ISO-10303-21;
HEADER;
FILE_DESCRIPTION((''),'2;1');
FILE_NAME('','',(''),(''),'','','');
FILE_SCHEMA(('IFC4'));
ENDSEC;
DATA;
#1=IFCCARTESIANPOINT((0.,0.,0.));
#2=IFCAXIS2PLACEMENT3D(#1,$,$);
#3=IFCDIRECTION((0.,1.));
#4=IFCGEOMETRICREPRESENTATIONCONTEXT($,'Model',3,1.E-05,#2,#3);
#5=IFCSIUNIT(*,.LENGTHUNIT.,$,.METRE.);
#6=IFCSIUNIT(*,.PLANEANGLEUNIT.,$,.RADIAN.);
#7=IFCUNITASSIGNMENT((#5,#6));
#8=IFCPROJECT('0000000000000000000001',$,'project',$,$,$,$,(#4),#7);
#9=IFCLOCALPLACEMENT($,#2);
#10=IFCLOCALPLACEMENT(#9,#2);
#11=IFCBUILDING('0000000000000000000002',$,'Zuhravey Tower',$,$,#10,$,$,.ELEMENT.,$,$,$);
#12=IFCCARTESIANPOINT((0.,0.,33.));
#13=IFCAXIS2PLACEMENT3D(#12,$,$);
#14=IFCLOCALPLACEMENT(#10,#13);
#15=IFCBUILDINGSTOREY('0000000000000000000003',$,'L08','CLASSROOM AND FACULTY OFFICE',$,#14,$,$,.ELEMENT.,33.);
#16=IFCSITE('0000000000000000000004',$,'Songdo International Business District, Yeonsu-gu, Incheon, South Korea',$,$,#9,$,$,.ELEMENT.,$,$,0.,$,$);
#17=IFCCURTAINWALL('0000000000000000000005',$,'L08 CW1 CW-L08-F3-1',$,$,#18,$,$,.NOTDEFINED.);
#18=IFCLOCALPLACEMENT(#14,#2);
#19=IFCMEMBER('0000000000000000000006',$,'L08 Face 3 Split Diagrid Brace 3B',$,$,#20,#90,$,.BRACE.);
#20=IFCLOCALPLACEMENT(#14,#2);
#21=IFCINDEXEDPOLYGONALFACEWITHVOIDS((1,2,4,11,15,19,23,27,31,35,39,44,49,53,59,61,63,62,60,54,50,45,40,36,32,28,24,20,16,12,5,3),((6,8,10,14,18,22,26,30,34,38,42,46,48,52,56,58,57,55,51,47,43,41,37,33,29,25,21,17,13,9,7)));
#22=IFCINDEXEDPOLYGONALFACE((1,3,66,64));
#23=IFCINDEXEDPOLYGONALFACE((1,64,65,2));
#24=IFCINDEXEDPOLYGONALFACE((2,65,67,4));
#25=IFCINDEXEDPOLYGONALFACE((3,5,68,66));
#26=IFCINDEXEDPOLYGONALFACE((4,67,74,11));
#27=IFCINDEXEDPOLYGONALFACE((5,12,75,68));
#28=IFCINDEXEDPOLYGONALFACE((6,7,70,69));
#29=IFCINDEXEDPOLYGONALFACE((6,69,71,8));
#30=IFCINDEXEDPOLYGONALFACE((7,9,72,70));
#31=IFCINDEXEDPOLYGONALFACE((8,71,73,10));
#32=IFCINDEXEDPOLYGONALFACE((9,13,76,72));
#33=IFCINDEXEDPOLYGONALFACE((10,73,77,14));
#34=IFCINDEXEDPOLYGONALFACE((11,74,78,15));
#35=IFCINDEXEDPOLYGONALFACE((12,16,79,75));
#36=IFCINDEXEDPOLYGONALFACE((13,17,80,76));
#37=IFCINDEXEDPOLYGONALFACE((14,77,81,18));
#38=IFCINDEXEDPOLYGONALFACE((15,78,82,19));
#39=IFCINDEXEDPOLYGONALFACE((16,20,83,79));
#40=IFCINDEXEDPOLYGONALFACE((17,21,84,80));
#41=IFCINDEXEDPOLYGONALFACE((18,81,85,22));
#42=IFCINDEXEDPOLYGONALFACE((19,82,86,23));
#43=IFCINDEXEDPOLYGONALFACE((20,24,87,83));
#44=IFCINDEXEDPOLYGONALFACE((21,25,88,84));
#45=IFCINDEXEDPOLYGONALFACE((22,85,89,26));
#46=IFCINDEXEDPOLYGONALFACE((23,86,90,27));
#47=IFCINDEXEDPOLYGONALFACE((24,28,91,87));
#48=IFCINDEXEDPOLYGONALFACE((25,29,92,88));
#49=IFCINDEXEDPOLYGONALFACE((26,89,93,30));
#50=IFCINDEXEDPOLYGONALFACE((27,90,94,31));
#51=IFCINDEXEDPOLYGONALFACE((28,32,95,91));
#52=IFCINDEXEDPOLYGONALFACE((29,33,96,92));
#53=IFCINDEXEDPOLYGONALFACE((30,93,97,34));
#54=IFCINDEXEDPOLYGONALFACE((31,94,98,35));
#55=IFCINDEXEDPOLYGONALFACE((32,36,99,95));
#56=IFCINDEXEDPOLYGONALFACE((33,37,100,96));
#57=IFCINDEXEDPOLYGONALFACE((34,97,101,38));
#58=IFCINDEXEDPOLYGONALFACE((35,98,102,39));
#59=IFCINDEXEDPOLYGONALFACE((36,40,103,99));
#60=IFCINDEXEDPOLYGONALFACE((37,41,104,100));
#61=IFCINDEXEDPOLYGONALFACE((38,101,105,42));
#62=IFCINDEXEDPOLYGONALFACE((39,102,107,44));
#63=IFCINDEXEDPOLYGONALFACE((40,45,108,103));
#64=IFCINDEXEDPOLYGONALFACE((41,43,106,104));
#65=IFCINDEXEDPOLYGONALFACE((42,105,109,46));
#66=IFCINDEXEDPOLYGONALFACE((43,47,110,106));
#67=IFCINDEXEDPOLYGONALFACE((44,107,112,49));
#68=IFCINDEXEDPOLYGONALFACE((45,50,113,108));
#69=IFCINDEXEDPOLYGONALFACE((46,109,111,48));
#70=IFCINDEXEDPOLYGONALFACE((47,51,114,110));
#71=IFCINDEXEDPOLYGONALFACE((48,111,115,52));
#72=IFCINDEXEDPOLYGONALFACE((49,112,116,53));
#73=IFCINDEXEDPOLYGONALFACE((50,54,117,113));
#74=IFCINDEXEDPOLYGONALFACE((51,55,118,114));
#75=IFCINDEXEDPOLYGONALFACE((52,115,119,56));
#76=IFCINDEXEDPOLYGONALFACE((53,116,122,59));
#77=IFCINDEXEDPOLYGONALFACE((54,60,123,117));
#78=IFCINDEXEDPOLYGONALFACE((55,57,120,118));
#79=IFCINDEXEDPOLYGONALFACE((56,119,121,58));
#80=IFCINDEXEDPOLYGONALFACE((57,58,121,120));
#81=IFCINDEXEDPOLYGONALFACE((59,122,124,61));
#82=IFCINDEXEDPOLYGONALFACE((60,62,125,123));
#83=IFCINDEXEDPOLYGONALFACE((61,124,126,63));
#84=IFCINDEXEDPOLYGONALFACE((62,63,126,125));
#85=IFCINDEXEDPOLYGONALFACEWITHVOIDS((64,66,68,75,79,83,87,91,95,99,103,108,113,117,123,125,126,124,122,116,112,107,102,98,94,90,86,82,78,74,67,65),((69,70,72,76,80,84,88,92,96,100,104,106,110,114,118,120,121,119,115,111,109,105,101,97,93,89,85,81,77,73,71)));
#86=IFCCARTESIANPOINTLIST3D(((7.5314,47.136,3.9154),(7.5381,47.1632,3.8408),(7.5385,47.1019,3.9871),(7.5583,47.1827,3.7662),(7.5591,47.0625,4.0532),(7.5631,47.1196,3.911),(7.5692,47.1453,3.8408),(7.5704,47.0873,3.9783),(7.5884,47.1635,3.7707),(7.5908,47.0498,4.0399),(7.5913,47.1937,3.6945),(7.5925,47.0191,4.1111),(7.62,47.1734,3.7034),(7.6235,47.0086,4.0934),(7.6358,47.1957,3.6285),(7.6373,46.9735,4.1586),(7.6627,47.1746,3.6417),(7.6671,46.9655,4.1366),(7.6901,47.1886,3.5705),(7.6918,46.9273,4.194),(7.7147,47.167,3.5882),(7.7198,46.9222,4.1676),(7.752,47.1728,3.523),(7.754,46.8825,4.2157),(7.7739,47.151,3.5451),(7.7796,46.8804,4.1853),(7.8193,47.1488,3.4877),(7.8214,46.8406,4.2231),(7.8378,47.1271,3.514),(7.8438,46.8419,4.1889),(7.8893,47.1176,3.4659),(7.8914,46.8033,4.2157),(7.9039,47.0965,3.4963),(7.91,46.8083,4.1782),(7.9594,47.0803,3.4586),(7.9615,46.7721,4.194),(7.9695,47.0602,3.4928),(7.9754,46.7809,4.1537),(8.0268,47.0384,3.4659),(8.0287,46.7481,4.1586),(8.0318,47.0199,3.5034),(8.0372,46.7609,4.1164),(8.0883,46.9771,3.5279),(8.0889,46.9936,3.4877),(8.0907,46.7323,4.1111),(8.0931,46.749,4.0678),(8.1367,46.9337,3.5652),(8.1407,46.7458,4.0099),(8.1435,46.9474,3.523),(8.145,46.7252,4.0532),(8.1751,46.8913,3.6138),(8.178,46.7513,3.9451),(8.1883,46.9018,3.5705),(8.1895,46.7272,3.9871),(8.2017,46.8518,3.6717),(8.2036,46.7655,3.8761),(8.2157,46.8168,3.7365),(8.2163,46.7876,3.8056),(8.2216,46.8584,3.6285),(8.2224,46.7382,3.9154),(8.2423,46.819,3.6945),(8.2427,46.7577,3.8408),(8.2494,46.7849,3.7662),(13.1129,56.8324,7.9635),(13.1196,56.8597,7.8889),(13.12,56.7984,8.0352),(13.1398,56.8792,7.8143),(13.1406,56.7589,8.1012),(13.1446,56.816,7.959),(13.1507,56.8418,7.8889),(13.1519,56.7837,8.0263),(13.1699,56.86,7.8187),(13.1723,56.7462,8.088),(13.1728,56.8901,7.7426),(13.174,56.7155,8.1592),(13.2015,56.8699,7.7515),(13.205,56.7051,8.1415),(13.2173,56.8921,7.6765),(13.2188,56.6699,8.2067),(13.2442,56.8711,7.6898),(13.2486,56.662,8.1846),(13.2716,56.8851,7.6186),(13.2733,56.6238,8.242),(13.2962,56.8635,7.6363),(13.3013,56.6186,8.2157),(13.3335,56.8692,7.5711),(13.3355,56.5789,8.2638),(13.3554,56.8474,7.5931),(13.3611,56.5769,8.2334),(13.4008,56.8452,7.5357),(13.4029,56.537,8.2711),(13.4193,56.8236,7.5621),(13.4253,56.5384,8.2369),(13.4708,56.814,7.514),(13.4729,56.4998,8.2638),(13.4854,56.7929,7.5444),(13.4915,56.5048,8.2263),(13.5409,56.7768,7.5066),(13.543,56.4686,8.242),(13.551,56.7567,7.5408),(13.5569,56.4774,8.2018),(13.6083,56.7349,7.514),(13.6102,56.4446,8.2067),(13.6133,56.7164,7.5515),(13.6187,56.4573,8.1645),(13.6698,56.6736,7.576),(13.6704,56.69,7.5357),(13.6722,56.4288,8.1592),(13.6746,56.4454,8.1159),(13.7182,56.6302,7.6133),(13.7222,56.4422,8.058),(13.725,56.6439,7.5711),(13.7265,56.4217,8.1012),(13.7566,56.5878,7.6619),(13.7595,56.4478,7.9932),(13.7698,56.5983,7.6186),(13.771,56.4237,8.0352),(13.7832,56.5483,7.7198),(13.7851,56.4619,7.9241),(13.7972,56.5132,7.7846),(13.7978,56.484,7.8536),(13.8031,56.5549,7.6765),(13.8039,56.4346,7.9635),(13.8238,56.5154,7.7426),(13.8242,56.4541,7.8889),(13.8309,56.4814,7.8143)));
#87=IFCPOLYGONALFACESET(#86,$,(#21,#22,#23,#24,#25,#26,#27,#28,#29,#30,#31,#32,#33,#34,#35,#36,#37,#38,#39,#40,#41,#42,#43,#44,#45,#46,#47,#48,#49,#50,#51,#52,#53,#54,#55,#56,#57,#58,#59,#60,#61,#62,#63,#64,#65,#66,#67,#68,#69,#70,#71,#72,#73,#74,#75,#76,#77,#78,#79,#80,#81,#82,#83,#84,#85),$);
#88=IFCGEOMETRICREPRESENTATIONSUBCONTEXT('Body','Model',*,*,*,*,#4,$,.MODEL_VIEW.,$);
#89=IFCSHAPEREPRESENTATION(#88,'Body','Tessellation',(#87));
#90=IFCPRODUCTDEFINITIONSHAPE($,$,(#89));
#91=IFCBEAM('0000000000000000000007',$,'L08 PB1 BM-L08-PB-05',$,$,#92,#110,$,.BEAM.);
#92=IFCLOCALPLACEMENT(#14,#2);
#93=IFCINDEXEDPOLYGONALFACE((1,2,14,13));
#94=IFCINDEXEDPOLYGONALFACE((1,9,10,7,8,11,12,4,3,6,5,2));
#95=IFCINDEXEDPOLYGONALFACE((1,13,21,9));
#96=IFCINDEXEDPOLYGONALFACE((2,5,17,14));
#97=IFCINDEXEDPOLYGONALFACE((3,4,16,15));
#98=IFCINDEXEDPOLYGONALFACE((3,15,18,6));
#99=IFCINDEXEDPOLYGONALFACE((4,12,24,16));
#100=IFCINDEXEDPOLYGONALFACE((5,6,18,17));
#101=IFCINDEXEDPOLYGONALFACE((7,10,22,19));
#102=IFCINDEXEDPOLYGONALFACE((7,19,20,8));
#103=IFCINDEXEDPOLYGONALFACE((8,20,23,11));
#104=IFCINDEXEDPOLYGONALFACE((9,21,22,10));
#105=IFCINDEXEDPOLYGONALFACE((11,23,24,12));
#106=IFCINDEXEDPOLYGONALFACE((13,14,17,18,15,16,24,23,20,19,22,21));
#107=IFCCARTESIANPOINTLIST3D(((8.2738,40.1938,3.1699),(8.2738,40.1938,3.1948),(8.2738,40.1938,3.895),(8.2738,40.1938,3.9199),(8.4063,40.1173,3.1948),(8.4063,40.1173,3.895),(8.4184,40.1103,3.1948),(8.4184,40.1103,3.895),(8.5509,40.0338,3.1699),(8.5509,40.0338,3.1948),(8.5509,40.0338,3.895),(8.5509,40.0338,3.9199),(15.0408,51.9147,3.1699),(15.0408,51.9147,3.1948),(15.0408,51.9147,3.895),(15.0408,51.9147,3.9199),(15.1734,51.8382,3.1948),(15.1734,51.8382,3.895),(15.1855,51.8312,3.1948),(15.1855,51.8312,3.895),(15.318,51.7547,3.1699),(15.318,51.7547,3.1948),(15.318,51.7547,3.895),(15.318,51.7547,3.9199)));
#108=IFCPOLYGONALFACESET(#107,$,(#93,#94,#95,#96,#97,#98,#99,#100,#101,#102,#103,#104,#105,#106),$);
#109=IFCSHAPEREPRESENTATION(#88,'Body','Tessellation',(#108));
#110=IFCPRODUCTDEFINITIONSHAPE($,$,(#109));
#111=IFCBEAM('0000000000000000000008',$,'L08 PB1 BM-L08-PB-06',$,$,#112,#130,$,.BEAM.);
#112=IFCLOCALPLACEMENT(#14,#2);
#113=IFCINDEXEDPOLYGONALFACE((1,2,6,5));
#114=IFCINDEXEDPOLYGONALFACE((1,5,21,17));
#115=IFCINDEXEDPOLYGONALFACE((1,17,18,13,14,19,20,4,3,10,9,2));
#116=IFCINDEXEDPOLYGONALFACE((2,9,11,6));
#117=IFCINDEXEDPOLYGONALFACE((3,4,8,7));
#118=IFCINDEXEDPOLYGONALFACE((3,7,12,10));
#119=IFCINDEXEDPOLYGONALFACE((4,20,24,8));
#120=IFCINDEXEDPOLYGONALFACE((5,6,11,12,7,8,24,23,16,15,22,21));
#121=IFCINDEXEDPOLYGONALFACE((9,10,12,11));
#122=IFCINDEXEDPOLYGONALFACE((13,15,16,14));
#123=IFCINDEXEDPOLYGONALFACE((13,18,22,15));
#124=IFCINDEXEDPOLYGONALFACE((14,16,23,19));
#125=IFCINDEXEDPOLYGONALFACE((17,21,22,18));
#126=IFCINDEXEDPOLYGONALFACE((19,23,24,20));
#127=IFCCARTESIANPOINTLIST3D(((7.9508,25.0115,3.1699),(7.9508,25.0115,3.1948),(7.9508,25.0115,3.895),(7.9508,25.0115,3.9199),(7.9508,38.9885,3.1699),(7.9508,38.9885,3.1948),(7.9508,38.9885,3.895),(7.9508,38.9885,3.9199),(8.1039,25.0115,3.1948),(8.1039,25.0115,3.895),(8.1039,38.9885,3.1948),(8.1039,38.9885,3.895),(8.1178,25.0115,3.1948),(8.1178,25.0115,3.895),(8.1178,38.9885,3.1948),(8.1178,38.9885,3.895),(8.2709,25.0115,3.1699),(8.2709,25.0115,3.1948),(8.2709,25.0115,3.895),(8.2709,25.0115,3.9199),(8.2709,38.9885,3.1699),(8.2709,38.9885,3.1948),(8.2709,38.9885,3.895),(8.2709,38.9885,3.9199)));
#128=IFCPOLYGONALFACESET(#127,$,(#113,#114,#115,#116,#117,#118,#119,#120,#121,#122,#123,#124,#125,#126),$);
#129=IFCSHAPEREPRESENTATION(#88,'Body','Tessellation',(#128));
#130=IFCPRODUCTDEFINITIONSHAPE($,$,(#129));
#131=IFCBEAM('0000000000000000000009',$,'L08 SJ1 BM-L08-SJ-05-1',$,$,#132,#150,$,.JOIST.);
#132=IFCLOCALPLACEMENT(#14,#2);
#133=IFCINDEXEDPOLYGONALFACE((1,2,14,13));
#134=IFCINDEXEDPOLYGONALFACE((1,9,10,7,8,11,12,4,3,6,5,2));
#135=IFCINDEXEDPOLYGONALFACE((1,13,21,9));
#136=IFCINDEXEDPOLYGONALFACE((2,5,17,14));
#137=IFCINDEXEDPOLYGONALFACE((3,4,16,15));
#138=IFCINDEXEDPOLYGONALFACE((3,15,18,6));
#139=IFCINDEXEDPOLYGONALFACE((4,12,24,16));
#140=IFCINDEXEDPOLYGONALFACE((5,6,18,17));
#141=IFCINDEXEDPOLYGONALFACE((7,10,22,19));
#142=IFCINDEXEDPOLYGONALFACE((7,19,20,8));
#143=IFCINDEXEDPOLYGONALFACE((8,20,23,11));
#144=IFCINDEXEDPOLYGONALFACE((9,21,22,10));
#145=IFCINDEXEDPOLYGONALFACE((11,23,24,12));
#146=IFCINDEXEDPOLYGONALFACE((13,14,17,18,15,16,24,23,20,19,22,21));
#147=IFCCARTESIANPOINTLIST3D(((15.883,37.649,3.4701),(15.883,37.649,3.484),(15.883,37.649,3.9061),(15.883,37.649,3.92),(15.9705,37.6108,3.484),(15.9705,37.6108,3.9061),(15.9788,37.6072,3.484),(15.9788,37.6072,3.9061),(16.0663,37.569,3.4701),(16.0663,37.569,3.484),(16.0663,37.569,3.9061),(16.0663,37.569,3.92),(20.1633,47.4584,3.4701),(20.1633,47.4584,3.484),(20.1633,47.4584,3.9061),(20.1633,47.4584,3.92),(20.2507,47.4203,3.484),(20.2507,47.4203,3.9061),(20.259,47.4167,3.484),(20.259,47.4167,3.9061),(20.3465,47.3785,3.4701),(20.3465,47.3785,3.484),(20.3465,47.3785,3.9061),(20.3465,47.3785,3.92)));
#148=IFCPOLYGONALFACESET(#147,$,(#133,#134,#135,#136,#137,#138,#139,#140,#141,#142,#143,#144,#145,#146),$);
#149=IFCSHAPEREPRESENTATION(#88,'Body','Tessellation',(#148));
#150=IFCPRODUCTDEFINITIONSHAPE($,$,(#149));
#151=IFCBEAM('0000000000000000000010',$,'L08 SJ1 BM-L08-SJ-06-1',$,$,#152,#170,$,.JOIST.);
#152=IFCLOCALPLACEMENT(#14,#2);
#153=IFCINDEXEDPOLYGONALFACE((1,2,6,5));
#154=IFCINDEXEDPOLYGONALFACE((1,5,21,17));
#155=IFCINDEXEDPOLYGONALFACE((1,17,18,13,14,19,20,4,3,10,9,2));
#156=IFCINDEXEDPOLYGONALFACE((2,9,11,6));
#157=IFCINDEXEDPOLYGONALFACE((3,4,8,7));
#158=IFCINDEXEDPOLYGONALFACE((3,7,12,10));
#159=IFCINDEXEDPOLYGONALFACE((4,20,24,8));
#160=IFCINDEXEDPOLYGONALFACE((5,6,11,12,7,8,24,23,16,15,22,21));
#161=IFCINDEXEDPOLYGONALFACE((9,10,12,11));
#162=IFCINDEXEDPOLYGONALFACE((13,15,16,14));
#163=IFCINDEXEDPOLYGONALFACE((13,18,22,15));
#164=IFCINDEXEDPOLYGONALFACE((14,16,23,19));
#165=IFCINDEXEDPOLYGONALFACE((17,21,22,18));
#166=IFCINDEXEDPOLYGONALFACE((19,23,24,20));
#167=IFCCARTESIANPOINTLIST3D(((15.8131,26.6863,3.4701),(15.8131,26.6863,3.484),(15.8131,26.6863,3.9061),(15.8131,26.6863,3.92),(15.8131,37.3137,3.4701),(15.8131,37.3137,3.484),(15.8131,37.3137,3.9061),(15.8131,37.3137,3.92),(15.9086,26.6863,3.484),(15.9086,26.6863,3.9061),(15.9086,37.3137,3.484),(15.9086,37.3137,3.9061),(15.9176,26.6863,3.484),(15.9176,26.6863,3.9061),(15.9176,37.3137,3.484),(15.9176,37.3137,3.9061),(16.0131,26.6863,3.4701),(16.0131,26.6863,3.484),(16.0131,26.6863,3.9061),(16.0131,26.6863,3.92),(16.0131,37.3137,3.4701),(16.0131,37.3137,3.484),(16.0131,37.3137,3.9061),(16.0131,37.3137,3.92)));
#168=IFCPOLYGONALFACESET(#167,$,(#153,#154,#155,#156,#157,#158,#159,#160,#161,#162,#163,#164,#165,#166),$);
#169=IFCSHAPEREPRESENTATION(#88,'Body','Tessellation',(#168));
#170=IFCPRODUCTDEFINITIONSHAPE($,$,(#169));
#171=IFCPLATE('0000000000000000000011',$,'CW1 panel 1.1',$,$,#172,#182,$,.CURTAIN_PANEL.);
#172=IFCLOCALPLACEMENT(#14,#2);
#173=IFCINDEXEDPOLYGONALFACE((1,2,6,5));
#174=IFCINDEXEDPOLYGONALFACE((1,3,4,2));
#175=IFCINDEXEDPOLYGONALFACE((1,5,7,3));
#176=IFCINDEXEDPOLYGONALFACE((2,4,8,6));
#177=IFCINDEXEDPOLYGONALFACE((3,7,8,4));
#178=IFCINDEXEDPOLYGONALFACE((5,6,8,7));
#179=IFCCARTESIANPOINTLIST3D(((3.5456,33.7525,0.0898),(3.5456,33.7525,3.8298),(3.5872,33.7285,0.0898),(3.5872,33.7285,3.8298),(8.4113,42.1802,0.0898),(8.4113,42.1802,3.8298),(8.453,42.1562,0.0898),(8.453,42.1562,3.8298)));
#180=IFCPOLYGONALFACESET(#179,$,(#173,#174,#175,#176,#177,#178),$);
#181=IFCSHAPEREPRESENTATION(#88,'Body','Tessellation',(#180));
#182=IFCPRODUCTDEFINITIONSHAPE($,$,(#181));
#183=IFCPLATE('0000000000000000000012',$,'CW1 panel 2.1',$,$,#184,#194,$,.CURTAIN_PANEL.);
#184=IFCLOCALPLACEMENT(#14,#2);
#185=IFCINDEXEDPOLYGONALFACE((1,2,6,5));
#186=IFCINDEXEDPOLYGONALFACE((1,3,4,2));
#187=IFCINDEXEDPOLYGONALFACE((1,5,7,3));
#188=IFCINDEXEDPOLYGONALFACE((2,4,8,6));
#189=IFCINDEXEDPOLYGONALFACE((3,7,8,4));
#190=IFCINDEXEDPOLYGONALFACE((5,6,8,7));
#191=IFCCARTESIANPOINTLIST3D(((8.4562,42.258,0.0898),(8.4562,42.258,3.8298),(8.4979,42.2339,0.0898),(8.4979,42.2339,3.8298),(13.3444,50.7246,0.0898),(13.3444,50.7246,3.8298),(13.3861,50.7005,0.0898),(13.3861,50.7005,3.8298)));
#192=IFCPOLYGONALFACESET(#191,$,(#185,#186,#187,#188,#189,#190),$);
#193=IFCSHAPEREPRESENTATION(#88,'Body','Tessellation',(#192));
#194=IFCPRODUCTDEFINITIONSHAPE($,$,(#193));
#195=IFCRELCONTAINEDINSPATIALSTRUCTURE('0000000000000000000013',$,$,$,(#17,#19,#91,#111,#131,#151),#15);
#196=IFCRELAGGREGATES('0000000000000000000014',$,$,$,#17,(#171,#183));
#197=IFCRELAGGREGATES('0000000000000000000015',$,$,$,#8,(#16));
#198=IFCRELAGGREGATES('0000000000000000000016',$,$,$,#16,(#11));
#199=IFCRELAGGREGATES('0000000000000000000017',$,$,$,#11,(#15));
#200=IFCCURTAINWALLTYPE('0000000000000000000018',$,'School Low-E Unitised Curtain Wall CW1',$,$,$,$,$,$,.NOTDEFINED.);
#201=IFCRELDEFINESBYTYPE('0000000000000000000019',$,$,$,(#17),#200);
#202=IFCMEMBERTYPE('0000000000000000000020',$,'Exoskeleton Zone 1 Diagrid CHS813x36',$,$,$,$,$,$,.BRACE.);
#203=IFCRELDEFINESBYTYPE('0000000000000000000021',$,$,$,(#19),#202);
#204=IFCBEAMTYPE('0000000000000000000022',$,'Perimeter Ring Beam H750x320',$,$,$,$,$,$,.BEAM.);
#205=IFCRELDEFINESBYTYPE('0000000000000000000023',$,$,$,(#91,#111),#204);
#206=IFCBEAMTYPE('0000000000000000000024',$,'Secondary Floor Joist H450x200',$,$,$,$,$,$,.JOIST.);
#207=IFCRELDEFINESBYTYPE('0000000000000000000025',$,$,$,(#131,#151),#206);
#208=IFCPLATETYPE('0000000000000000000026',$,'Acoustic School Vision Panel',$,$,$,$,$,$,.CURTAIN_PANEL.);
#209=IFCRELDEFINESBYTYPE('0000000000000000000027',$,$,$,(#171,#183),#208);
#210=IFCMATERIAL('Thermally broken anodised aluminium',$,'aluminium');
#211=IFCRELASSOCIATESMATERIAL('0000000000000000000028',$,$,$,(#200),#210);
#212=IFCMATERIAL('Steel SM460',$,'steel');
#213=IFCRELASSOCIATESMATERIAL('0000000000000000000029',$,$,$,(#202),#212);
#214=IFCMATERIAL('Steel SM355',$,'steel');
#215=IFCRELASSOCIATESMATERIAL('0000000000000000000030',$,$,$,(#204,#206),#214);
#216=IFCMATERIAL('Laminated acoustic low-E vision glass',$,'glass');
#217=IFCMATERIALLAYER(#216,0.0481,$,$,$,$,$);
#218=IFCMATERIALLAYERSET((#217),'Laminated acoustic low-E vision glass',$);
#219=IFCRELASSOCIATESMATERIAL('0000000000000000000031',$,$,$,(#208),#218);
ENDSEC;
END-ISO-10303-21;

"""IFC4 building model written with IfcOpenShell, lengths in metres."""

from ifc_helpers import new_model, si_unit, direction, frame, origin, origin_2d, place, context, subcontext, project, spatial, rectangle, hollow_circle, i_section, extrude, material, layer, layer_set, material_profile, profile_set, type_object, element, aggregate, save


model = new_model("IFC4")

# Units and contexts
model_context = context("Model", 3, precision=1e-05, world=origin(), true_north=direction((0.0, 1.0)))
body_context = subcontext(model_context, "Body", "Model", "MODEL_VIEW")
ifc_project = project(units=[si_unit("LENGTHUNIT", "METRE"), si_unit("PLANEANGLEUNIT", "RADIAN")], contexts=[model_context])

# Site, building, storey
site_placement = place(None, origin())
site = spatial("IfcSite", under=ifc_project, at=site_placement, Name="Songdo International Business District, Yeonsu-gu, Incheon, South Korea", CompositionType="ELEMENT", RefElevation=0.0)
building_placement = place(site_placement, origin())
building = spatial("IfcBuilding", under=site, at=building_placement, Name="Zuhravey Tower", CompositionType="ELEMENT")
storey_placement = place(building_placement, frame((0.0, 0.0, 33.0)))
storey = spatial("IfcBuildingStorey", under=building, at=storey_placement, Name="L08", Description="CLASSROOM AND FACULTY OFFICE", CompositionType="ELEMENT", Elevation=33.0)

# Curtain wall
ifc_material_1 = material(Name="Thermally broken anodised aluminium", Category="aluminium")
curtain_wall_type = type_object("IfcCurtainWallType", Name="School Low-E Unitised Curtain Wall CW1", PredefinedType="NOTDEFINED", material=ifc_material_1)
curtain_wall_1_placement = place(storey_placement, origin())
curtain_wall_1 = element("IfcCurtainWall", 1, at=curtain_wall_1_placement, inside=storey, type_object=curtain_wall_type, Name="L08 CW1 CW-L08-F3-1", PredefinedType="NOTDEFINED")

# Member
ifc_material_2 = material(Name="Steel SM355", Category="steel")
ifc_material_3 = material(Name="Steel SM460", Category="steel")
ifc_material_profile_1 = material_profile(ifc_material_3, hollow_circle(Radius=0.4065, WallThickness=0.0359, at=origin_2d()), Name="CHS-812.8x36")
ifc_profile_set_1 = profile_set([ifc_material_profile_1], Name="Steel SM460")
member_type_1 = type_object("IfcMemberType", Name="Exoskeleton Zone 1 Diagrid CHS813x36", PredefinedType="BRACE", material=ifc_profile_set_1)
member_1_placement = place(storey_placement, frame((7.8904, 46.9604, 3.8408), z_axis=(0.469114, 0.814969, 0.340232), x_axis=(-0.866673, 0.498877, 0.0)))
element("IfcMember", 2, at=member_1_placement, inside=storey, type_object=member_type_1, Name="L08 Face 3 Split Diagrid Brace 3B", PredefinedType="BRACE", context=body_context, shape_type="SweptSolid", body=[
    extrude(hollow_circle(Radius=0.4065, WallThickness=0.0359, at=origin_2d()), origin(), (0.0, 0.0, 1.0), 11.8979),
])

# Beams
ifc_material_profile_2 = material_profile(ifc_material_2, i_section(OverallWidth=0.3201, OverallDepth=0.75, WebThickness=0.0139, FlangeThickness=0.0249, at=origin_2d()), Name="H-750x320x14x25")
ifc_profile_set_2 = profile_set([ifc_material_profile_2], Name="Steel SM355")
beam_type_1 = type_object("IfcBeamType", Name="Perimeter Ring Beam H750x320", PredefinedType="BEAM", material=ifc_profile_set_2)
beam_1_placement = place(storey_placement, frame((15.1794, 51.8347, 3.5449), z_axis=(-0.5, -0.866025, 0.0), x_axis=(0.866025, -0.5, 0.0)))
element("IfcBeam", 3, at=beam_1_placement, inside=storey, type_object=beam_type_1, Name="L08 PB1 BM-L08-PB-05", PredefinedType="BEAM", context=body_context, shape_type="SweptSolid", body=[
    extrude(i_section(OverallWidth=0.3201, OverallDepth=0.75, WebThickness=0.0139, FlangeThickness=0.0249, at=origin_2d()), origin(), (0.0, 0.0, 1.0), 13.5342),
])
beam_2_placement = place(storey_placement, frame((8.1108, 38.9885, 3.5449), z_axis=(0.0, -1.0, 0.0), x_axis=(1.0, 0.0, 0.0)))
element("IfcBeam", 4, at=beam_2_placement, inside=storey, type_object=beam_type_1, Name="L08 PB1 BM-L08-PB-06", PredefinedType="BEAM", context=body_context, shape_type="SweptSolid", body=[
    extrude(i_section(OverallWidth=0.3201, OverallDepth=0.75, WebThickness=0.0139, FlangeThickness=0.0249, at=origin_2d()), origin(), (0.0, 0.0, 1.0), 13.9771),
])
ifc_material_profile_3 = material_profile(ifc_material_2, i_section(OverallWidth=0.2, OverallDepth=0.45, WebThickness=0.009, FlangeThickness=0.0139, at=origin_2d()), Name="H-450x200x9x14")
ifc_profile_set_3 = profile_set([ifc_material_profile_3], Name="Steel SM355")
beam_type_2 = type_object("IfcBeamType", Name="Secondary Floor Joist H450x200", PredefinedType="JOIST", material=ifc_profile_set_3)
beam_3_placement = place(storey_placement, frame((20.2549, 47.4185, 3.6951), z_axis=(-0.399924, -0.916549, 0.0), x_axis=(0.916549, -0.399924, 0.0)))
element("IfcBeam", 5, at=beam_3_placement, inside=storey, type_object=beam_type_2, Name="L08 SJ1 BM-L08-SJ-05-1", PredefinedType="JOIST", context=body_context, shape_type="SweptSolid", body=[
    extrude(i_section(OverallWidth=0.2, OverallDepth=0.45, WebThickness=0.009, FlangeThickness=0.0139, at=origin_2d()), origin(), (0.0, 0.0, 1.0), 10.7026),
])
beam_4_placement = place(storey_placement, frame((15.9131, 37.3137, 3.6951), z_axis=(0.0, -1.0, 0.0), x_axis=(1.0, 0.0, 0.0)))
element("IfcBeam", 6, at=beam_4_placement, inside=storey, type_object=beam_type_2, Name="L08 SJ1 BM-L08-SJ-06-1", PredefinedType="JOIST", context=body_context, shape_type="SweptSolid", body=[
    extrude(i_section(OverallWidth=0.2, OverallDepth=0.45, WebThickness=0.009, FlangeThickness=0.0139, at=origin_2d()), origin(), (0.0, 0.0, 1.0), 10.6274),
])

# Plates
ifc_material_4 = material(Name="Laminated acoustic low-E vision glass", Category="glass")
ifc_layer_1 = layer(ifc_material_4, 0.0481)
ifc_layer_set_1 = layer_set([ifc_layer_1], Name="Laminated acoustic low-E vision glass")
plate_type_1 = type_object("IfcPlateType", Name="Acoustic School Vision Panel", PredefinedType="CURTAIN_PANEL", material=ifc_layer_set_1)
plate_1_placement = place(storey_placement, frame((5.9993, 37.9543, 0.0898), z_axis=(0.0, 0.0, 1.0), x_axis=(0.5, 0.866026, 0.0)))
plate_1 = element("IfcPlate", 7, at=plate_1_placement, type_object=plate_type_1, Name="CW1 panel 1.1", PredefinedType="CURTAIN_PANEL", context=body_context, shape_type="SweptSolid", body=[
    extrude(rectangle(XDim=9.7314, YDim=0.0481, at=origin_2d()), origin(), (0.0, 0.0, 1.0), 3.74),
])
plate_2_placement = place(storey_placement, frame((10.9211, 46.4792, 0.0898), z_axis=(0.0, 0.0, 1.0), x_axis=(0.5, 0.866026, 0.0)))
plate_2 = element("IfcPlate", 8, at=plate_2_placement, type_object=plate_type_1, Name="CW1 panel 2.1", PredefinedType="CURTAIN_PANEL", context=body_context, shape_type="SweptSolid", body=[
    extrude(rectangle(XDim=9.7764, YDim=0.0481, at=origin_2d()), origin(), (0.0, 0.0, 1.0), 3.74),
])
aggregate(curtain_wall_1, [plate_1, plate_2])

save(model, "model.ifc")
